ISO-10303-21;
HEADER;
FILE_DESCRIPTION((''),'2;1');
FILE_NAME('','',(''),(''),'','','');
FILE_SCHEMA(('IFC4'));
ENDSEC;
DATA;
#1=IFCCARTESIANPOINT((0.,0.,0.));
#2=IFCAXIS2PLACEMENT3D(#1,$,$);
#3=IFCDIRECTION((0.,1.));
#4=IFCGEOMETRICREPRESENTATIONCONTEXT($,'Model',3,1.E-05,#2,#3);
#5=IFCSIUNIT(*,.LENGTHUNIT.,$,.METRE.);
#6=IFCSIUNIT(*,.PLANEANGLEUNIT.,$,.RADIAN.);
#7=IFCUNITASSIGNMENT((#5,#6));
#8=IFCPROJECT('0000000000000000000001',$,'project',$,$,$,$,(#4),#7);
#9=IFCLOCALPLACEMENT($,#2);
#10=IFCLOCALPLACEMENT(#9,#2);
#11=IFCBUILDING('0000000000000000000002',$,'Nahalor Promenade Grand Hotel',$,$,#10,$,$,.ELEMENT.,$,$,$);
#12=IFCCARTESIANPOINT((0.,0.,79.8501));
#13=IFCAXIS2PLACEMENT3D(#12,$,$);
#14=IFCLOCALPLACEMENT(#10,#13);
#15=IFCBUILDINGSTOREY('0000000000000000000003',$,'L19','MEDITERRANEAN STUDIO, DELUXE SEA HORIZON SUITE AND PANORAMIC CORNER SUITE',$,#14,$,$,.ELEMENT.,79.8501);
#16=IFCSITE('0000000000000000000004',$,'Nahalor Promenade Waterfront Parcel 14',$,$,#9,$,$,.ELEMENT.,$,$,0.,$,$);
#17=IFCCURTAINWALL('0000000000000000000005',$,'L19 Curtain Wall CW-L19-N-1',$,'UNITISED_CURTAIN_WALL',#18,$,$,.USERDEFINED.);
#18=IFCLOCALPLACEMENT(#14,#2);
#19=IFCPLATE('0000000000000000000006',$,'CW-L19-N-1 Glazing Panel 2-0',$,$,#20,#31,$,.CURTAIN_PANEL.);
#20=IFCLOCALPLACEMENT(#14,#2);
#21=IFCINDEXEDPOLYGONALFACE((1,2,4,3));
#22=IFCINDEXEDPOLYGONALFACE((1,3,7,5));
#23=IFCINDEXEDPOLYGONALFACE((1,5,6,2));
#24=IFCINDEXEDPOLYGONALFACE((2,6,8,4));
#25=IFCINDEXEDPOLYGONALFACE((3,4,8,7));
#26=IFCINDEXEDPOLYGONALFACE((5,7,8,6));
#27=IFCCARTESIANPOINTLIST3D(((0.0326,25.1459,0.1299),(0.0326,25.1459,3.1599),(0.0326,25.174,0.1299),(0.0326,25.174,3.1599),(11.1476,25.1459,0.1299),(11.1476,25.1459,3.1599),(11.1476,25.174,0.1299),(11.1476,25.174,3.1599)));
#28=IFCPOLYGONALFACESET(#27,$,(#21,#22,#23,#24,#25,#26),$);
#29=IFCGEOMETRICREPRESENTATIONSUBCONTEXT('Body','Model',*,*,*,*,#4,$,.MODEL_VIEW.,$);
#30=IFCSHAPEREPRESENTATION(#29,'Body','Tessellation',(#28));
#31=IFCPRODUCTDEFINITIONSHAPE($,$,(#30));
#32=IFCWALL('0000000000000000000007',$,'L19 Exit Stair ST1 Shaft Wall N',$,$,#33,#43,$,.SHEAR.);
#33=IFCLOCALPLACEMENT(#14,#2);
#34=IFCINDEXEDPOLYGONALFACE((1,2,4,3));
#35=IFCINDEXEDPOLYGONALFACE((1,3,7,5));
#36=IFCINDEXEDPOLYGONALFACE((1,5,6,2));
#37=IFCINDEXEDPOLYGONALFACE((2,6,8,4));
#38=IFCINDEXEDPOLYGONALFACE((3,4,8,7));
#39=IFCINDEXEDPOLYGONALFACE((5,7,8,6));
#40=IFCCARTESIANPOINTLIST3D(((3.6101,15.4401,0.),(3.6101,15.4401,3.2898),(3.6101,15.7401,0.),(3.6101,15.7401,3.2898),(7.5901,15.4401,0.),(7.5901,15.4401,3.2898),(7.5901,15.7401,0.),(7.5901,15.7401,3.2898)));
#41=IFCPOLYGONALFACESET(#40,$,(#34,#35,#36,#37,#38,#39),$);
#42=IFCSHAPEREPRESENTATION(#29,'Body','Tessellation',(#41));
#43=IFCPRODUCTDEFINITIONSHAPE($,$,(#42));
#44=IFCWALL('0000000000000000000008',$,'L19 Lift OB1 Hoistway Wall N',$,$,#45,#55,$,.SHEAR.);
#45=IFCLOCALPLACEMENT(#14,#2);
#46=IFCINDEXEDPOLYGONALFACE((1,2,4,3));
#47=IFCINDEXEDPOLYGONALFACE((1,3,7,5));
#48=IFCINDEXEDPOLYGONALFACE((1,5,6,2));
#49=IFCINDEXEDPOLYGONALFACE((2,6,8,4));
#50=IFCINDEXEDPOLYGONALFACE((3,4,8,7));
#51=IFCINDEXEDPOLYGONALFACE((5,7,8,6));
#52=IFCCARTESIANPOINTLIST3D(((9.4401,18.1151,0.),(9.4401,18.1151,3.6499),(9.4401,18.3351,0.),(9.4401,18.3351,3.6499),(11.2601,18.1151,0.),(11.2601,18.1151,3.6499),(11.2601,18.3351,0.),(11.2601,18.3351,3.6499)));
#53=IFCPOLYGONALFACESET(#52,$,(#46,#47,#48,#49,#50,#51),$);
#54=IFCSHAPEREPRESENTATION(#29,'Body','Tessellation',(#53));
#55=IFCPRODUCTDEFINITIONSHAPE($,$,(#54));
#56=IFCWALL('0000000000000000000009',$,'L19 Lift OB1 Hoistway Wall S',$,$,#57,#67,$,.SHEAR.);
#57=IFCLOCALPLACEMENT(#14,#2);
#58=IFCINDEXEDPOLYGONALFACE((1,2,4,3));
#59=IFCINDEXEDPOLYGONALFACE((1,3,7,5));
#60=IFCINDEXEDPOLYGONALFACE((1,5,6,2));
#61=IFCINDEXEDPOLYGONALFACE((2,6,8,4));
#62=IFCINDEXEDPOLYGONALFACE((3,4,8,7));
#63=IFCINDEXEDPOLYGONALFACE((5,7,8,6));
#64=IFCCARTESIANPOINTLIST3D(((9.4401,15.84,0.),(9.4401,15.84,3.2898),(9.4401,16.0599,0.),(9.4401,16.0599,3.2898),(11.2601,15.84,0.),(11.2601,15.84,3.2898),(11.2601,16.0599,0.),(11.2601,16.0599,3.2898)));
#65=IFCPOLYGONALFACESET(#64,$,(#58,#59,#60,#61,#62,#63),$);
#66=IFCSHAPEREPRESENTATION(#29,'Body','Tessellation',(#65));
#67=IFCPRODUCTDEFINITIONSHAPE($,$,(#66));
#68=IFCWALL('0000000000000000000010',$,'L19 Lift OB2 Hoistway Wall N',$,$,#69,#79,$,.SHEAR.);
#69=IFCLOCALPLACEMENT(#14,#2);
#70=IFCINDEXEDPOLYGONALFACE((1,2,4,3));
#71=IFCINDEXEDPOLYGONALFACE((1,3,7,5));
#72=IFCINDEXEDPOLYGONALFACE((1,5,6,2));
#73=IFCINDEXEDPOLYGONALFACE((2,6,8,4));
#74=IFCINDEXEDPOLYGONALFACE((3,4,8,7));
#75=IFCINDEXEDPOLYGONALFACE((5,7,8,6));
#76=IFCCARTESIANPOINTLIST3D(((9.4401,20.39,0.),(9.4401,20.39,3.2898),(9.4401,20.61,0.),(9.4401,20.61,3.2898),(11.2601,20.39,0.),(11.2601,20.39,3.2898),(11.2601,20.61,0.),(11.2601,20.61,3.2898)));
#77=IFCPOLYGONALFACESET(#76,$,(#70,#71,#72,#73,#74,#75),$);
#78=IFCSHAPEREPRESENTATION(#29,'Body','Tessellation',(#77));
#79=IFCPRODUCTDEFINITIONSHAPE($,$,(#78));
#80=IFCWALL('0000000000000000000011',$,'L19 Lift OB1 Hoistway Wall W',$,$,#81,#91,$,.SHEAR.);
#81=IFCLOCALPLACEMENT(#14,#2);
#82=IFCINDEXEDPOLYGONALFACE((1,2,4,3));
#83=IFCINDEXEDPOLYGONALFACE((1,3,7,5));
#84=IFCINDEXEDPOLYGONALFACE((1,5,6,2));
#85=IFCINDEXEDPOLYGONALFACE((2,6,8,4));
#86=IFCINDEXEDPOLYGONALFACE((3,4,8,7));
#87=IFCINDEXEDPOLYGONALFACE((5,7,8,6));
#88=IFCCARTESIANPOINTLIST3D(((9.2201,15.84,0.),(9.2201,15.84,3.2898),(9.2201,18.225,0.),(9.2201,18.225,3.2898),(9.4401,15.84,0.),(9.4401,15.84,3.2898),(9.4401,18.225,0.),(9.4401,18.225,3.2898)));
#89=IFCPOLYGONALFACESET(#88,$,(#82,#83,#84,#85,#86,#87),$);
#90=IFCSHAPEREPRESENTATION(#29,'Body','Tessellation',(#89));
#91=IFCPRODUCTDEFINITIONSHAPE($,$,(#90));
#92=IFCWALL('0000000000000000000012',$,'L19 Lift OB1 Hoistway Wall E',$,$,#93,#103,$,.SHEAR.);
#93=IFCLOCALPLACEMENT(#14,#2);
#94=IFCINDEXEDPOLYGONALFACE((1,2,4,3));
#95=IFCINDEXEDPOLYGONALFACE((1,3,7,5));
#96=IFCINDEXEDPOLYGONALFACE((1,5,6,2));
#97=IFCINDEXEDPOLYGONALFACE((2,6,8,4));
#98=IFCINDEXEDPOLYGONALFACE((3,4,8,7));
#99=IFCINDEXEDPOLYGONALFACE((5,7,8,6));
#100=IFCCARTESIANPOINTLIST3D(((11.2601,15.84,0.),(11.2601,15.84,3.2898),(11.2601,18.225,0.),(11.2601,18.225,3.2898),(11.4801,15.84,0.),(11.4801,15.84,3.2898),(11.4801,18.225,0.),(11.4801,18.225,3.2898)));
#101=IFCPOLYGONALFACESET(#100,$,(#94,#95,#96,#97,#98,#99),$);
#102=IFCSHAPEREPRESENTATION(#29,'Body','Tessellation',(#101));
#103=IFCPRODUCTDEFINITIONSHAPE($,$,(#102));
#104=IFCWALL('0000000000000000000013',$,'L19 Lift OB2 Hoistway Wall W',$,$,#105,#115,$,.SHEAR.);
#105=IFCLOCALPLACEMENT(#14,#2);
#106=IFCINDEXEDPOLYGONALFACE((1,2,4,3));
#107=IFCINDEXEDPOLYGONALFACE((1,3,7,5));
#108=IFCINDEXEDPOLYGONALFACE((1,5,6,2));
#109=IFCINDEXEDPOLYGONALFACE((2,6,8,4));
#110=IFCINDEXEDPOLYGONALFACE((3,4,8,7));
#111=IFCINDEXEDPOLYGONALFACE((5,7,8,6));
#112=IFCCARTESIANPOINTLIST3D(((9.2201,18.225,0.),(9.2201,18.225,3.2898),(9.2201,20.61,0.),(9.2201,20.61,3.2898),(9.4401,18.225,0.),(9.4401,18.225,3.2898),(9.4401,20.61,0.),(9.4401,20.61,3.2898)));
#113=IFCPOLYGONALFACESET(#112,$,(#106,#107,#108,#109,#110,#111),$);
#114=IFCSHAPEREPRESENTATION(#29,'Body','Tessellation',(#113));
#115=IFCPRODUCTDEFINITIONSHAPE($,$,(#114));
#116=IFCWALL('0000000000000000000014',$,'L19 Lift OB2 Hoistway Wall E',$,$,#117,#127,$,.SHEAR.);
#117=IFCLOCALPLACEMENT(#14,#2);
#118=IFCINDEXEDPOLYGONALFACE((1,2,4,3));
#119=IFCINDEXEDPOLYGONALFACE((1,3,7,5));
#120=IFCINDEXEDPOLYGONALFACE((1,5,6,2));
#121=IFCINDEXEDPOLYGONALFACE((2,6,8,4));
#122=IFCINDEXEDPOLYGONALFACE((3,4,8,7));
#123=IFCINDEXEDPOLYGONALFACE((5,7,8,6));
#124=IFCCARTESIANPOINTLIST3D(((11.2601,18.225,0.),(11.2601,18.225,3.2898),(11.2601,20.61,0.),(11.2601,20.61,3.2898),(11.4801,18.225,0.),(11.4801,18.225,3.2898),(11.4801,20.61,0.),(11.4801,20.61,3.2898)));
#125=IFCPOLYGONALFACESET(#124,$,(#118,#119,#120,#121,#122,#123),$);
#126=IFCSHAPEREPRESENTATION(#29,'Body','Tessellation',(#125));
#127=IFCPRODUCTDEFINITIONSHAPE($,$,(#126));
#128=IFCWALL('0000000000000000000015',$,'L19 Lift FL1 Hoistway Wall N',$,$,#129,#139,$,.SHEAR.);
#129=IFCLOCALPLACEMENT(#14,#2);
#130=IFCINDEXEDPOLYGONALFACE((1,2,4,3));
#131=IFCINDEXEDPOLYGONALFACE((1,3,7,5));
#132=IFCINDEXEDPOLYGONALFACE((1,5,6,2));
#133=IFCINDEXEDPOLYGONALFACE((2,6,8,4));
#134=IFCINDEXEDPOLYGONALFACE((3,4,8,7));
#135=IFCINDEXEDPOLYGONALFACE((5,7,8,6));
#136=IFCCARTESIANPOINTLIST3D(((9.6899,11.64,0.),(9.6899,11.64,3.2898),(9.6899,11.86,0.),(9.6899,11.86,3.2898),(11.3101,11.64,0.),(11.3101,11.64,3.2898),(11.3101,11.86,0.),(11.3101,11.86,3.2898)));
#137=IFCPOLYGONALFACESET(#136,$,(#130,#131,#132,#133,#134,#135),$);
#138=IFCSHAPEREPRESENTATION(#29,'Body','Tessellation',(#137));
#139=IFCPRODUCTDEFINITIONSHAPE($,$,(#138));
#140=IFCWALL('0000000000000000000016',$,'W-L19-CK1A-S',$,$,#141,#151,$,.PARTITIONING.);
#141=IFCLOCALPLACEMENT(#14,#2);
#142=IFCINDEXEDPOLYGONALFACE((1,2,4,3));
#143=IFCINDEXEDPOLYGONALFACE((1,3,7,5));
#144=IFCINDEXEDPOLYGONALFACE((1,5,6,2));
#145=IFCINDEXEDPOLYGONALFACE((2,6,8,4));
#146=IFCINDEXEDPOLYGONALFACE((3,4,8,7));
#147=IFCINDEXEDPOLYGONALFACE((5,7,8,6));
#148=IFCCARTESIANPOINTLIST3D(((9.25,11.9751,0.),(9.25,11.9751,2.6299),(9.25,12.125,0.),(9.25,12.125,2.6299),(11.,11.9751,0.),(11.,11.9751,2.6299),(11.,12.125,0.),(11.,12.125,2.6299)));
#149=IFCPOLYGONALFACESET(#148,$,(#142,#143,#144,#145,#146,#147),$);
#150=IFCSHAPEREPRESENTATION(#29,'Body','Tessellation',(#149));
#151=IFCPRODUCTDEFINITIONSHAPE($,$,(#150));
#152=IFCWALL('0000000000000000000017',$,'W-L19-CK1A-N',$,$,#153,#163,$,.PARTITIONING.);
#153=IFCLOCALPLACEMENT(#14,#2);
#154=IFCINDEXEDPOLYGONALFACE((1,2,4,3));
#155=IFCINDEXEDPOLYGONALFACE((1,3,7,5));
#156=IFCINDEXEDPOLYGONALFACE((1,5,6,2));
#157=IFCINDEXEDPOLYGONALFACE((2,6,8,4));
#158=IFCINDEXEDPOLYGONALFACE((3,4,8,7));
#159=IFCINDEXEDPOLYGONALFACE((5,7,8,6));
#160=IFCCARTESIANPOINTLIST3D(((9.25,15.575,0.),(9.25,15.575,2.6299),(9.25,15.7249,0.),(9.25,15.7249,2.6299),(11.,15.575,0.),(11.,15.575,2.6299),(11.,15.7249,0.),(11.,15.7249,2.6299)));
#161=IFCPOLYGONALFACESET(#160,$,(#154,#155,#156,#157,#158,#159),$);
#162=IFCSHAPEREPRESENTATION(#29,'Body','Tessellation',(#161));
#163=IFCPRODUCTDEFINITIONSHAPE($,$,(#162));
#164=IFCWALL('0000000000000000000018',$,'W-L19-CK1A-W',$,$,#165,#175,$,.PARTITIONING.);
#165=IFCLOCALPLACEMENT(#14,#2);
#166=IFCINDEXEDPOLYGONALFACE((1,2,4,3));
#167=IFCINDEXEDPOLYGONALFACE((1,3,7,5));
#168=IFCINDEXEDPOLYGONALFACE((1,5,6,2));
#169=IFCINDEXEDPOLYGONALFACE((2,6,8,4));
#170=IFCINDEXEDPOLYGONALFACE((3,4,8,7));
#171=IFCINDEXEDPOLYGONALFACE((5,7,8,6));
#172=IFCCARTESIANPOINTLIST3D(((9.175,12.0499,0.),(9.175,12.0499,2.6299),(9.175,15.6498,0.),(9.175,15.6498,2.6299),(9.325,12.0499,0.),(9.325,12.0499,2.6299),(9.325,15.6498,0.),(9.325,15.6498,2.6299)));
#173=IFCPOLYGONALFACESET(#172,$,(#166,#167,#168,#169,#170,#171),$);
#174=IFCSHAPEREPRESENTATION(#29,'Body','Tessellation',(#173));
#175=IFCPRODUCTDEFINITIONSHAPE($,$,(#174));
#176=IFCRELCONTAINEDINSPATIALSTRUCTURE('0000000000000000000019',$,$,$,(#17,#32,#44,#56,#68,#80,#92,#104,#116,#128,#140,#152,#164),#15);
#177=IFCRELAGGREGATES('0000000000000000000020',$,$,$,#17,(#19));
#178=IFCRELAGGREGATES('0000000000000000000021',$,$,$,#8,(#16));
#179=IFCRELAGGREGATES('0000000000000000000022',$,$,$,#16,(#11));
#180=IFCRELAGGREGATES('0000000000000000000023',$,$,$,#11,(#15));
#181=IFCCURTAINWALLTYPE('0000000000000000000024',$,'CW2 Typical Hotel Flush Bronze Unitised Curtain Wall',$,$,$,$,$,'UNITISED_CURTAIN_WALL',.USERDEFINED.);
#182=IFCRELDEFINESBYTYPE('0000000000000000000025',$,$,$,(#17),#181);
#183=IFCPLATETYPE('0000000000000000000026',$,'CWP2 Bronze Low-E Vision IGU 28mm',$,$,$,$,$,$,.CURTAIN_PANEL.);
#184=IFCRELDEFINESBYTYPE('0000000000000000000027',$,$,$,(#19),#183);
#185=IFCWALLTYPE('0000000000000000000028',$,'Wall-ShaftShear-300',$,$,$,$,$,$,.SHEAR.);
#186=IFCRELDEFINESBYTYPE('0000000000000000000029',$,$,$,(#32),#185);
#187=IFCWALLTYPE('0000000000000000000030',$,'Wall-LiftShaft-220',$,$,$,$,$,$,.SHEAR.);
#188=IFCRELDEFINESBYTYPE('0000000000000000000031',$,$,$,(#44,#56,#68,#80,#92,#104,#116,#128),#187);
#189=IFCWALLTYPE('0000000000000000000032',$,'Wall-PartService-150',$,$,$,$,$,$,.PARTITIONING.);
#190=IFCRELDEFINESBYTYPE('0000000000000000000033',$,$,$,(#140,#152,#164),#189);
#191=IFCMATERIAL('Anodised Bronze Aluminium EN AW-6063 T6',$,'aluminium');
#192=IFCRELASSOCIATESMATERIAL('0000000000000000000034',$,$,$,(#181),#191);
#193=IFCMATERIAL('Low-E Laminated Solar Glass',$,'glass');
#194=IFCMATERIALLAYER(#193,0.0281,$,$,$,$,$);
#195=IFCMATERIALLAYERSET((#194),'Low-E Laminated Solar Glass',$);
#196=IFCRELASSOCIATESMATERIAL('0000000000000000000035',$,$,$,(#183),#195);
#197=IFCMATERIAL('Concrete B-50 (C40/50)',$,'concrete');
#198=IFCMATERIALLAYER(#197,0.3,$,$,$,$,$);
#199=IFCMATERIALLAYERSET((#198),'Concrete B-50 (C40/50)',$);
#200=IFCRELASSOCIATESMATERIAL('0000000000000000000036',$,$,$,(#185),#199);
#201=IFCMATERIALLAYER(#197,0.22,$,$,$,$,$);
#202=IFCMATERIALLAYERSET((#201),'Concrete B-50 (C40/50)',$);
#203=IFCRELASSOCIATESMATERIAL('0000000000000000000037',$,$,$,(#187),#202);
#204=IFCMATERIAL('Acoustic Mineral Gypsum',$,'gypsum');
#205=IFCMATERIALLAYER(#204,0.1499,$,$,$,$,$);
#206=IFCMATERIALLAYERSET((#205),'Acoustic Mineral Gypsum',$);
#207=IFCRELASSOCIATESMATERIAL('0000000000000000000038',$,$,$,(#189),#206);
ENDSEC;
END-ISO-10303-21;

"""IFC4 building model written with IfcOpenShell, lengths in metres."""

from ifc_helpers import new_model, si_unit, direction, frame, frame_2d, origin, origin_2d, place, context, subcontext, project, spatial, rectangle, extrude, source, transform, mapped, material, layer, layer_set, type_object, element, aggregate, save


model = new_model("IFC4")

# Units and contexts
model_context = context("Model", 3, precision=1e-05, world=origin(), true_north=direction((0.0, 1.0)))
body_context = subcontext(model_context, "Body", "Model", "MODEL_VIEW")
ifc_project = project(units=[si_unit("LENGTHUNIT", "METRE"), si_unit("PLANEANGLEUNIT", "RADIAN")], contexts=[model_context])

# Site, building, storey
site_placement = place(None, origin())
site = spatial("IfcSite", under=ifc_project, at=site_placement, Name="Nahalor Promenade Waterfront Parcel 14", CompositionType="ELEMENT", RefElevation=0.0)
building_placement = place(site_placement, origin())
building = spatial("IfcBuilding", under=site, at=building_placement, Name="Nahalor Promenade Grand Hotel", CompositionType="ELEMENT")
storey_placement = place(building_placement, frame((0.0, 0.0, 79.8501)))
storey = spatial("IfcBuildingStorey", under=building, at=storey_placement, Name="L19", Description="MEDITERRANEAN STUDIO, DELUXE SEA HORIZON SUITE AND PANORAMIC CORNER SUITE", CompositionType="ELEMENT", Elevation=79.8501)

# Curtain wall, plate
ifc_material_1 = material(Name="Anodised Bronze Aluminium EN AW-6063 T6", Category="aluminium")
curtain_wall_type = type_object("IfcCurtainWallType", Name="CW2 Typical Hotel Flush Bronze Unitised Curtain Wall", ElementType="UNITISED_CURTAIN_WALL", PredefinedType="USERDEFINED", material=ifc_material_1)
curtain_wall_placement = place(storey_placement, origin())
curtain_wall = element("IfcCurtainWall", 1, at=curtain_wall_placement, inside=storey, type_object=curtain_wall_type, Name="L19 Curtain Wall CW-L19-N-1", ObjectType="UNITISED_CURTAIN_WALL", PredefinedType="USERDEFINED")
ifc_material_2 = material(Name="Low-E Laminated Solar Glass", Category="glass")
ifc_layer_1 = layer(ifc_material_2, 0.0281)
ifc_layer_set_1 = layer_set([ifc_layer_1], Name="Low-E Laminated Solar Glass")
plate_type = type_object("IfcPlateType", Name="CWP2 Bronze Low-E Vision IGU 28mm", PredefinedType="CURTAIN_PANEL", material=ifc_layer_set_1)
shared_shape_1 = source(origin(), body_context, "Body", "SweptSolid", [
    extrude(rectangle(XDim=11.115, YDim=0.0281, at=origin_2d()), origin(), (0.0, 0.0, 1.0), 3.03),
])
plate_placement = place(storey_placement, frame((5.5901, 25.1599, 0.1299), z_axis=(0.0, 0.0, 1.0), x_axis=(1.0, 0.0, 0.0)))
plate = element("IfcPlate", 2, at=plate_placement, type_object=plate_type, Name="CW-L19-N-1 Glazing Panel 2-0", PredefinedType="CURTAIN_PANEL", context=body_context, shape_type="MappedRepresentation", body=[
    mapped(shared_shape_1, transform((0.0, 0.0, 0.0), scale=1.0)),
])
aggregate(curtain_wall, [plate])

# Walls
ifc_material_3 = material(Name="Concrete B-50 (C40/50)", Category="concrete")
ifc_layer_2 = layer(ifc_material_3, 0.3)
ifc_layer_set_2 = layer_set([ifc_layer_2], Name="Concrete B-50 (C40/50)")
wall_type_1 = type_object("IfcWallType", Name="Wall-ShaftShear-300", PredefinedType="SHEAR", material=ifc_layer_set_2)
shared_shape_2 = source(origin(), body_context, "Body", "SweptSolid", [
    extrude(rectangle(XDim=3.98, YDim=0.3, at=frame_2d((1.99, 0.0))), origin(), (0.0, 0.0, 1.0), 3.2898),
])
wall_1_placement = place(storey_placement, frame((3.6101, 15.5901, 0.0), z_axis=(0.0, 0.0, 1.0), x_axis=(1.0, 0.0, 0.0)))
element("IfcWall", 3, at=wall_1_placement, inside=storey, type_object=wall_type_1, Name="L19 Exit Stair ST1 Shaft Wall N", PredefinedType="SHEAR", context=body_context, shape_type="MappedRepresentation", body=[
    mapped(shared_shape_2, transform((0.0, 0.0, 0.0), scale=1.0)),
])
ifc_layer_3 = layer(ifc_material_3, 0.22)
ifc_layer_set_3 = layer_set([ifc_layer_3], Name="Concrete B-50 (C40/50)")
wall_type_2 = type_object("IfcWallType", Name="Wall-LiftShaft-220", PredefinedType="SHEAR", material=ifc_layer_set_3)
shared_shape_3 = source(origin(), body_context, "Body", "SweptSolid", [
    extrude(rectangle(XDim=1.8201, YDim=0.22, at=frame_2d((0.9102, 0.0))), origin(), (0.0, 0.0, 1.0), 3.6499),
])
wall_2_placement = place(storey_placement, frame((9.4399, 18.2251, 0.0), z_axis=(0.0, 0.0, 1.0), x_axis=(1.0, 0.0, 0.0)))
element("IfcWall", 4, at=wall_2_placement, inside=storey, type_object=wall_type_2, Name="L19 Lift OB1 Hoistway Wall N", PredefinedType="SHEAR", context=body_context, shape_type="MappedRepresentation", body=[
    mapped(shared_shape_3, transform((0.0, 0.0, 0.0), scale=1.0)),
])
shared_shape_4 = source(origin(), body_context, "Body", "SweptSolid", [
    extrude(rectangle(XDim=1.8201, YDim=0.22, at=frame_2d((0.9102, 0.0))), origin(), (0.0, 0.0, 1.0), 3.2898),
])
for number, where, z_axis, x_axis, name in (
    (5, (9.4399, 15.95, 0.0), (0.0, 0.0, 1.0), (1.0, 0.0, 0.0), "L19 Lift OB1 Hoistway Wall S"),
    (6, (9.4399, 20.5, 0.0), (0.0, 0.0, 1.0), (1.0, 0.0, 0.0), "L19 Lift OB2 Hoistway Wall N"),
):
    element("IfcWall", number, at=place(storey_placement, frame(where, z_axis=z_axis, x_axis=x_axis)), inside=storey, type_object=wall_type_2, Name=name, PredefinedType="SHEAR", context=body_context, shape_type="MappedRepresentation", body=[
        mapped(shared_shape_4, transform((0.0, 0.0, 0.0), scale=1.0)),
    ])
shared_shape_5 = source(origin(), body_context, "Body", "SweptSolid", [
    extrude(rectangle(XDim=2.385, YDim=0.22, at=frame_2d((1.1924, 0.0))), origin(), (0.0, 0.0, 1.0), 3.2898),
])
for number, where, z_axis, x_axis, name in (
    (7, (9.3301, 15.8401, 0.0), (0.0, 0.0, 1.0), (0.0, 1.0, 0.0), "L19 Lift OB1 Hoistway Wall W"),
    (8, (11.3701, 15.8401, 0.0), (0.0, 0.0, 1.0), (0.0, 1.0, 0.0), "L19 Lift OB1 Hoistway Wall E"),
    (9, (9.3301, 18.2251, 0.0), (0.0, 0.0, 1.0), (0.0, 1.0, 0.0), "L19 Lift OB2 Hoistway Wall W"),
    (10, (11.3701, 18.2251, 0.0), (0.0, 0.0, 1.0), (0.0, 1.0, 0.0), "L19 Lift OB2 Hoistway Wall E"),
):
    element("IfcWall", number, at=place(storey_placement, frame(where, z_axis=z_axis, x_axis=x_axis)), inside=storey, type_object=wall_type_2, Name=name, PredefinedType="SHEAR", context=body_context, shape_type="MappedRepresentation", body=[
        mapped(shared_shape_5, transform((0.0, 0.0, 0.0), scale=1.0)),
    ])
shared_shape_6 = source(origin(), body_context, "Body", "SweptSolid", [
    extrude(rectangle(XDim=1.6201, YDim=0.22, at=frame_2d((0.8101, 0.0))), origin(), (0.0, 0.0, 1.0), 3.2898),
])
wall_3_placement = place(storey_placement, frame((9.6899, 11.75, 0.0), z_axis=(0.0, 0.0, 1.0), x_axis=(1.0, 0.0, 0.0)))
element("IfcWall", 11, at=wall_3_placement, inside=storey, type_object=wall_type_2, Name="L19 Lift FL1 Hoistway Wall N", PredefinedType="SHEAR", context=body_context, shape_type="MappedRepresentation", body=[
    mapped(shared_shape_6, transform((0.0, 0.0, 0.0), scale=1.0)),
])
ifc_material_4 = material(Name="Acoustic Mineral Gypsum", Category="gypsum")
ifc_layer_4 = layer(ifc_material_4, 0.1499)
ifc_layer_set_4 = layer_set([ifc_layer_4], Name="Acoustic Mineral Gypsum")
wall_type_3 = type_object("IfcWallType", Name="Wall-PartService-150", PredefinedType="PARTITIONING", material=ifc_layer_set_4)
shared_shape_7 = source(origin(), body_context, "Body", "SweptSolid", [
    extrude(rectangle(XDim=1.75, YDim=0.1499, at=frame_2d((0.875, 0.0))), origin(), (0.0, 0.0, 1.0), 2.6299),
])
for number, where, z_axis, x_axis, name in (
    (12, (9.25, 12.05, 0.0), (0.0, 0.0, 1.0), (1.0, 0.0, 0.0), "W-L19-CK1A-S"),
    (13, (9.25, 15.6499, 0.0), (0.0, 0.0, 1.0), (1.0, 0.0, 0.0), "W-L19-CK1A-N"),
):
    element("IfcWall", number, at=place(storey_placement, frame(where, z_axis=z_axis, x_axis=x_axis)), inside=storey, type_object=wall_type_3, Name=name, PredefinedType="PARTITIONING", context=body_context, shape_type="MappedRepresentation", body=[
        mapped(shared_shape_7, transform((0.0, 0.0, 0.0), scale=1.0)),
    ])
shared_shape_8 = source(origin(), body_context, "Body", "SweptSolid", [
    extrude(rectangle(XDim=3.5999, YDim=0.1499, at=frame_2d((1.7998, 0.0))), origin(), (0.0, 0.0, 1.0), 2.6299),
])
wall_4_placement = place(storey_placement, frame((9.25, 12.05, 0.0), z_axis=(0.0, 0.0, 1.0), x_axis=(0.0, 1.0, 0.0)))
element("IfcWall", 14, at=wall_4_placement, inside=storey, type_object=wall_type_3, Name="W-L19-CK1A-W", PredefinedType="PARTITIONING", context=body_context, shape_type="MappedRepresentation", body=[
    mapped(shared_shape_8, transform((0.0, 0.0, 0.0), scale=1.0)),
])

save(model, "model.ifc")
